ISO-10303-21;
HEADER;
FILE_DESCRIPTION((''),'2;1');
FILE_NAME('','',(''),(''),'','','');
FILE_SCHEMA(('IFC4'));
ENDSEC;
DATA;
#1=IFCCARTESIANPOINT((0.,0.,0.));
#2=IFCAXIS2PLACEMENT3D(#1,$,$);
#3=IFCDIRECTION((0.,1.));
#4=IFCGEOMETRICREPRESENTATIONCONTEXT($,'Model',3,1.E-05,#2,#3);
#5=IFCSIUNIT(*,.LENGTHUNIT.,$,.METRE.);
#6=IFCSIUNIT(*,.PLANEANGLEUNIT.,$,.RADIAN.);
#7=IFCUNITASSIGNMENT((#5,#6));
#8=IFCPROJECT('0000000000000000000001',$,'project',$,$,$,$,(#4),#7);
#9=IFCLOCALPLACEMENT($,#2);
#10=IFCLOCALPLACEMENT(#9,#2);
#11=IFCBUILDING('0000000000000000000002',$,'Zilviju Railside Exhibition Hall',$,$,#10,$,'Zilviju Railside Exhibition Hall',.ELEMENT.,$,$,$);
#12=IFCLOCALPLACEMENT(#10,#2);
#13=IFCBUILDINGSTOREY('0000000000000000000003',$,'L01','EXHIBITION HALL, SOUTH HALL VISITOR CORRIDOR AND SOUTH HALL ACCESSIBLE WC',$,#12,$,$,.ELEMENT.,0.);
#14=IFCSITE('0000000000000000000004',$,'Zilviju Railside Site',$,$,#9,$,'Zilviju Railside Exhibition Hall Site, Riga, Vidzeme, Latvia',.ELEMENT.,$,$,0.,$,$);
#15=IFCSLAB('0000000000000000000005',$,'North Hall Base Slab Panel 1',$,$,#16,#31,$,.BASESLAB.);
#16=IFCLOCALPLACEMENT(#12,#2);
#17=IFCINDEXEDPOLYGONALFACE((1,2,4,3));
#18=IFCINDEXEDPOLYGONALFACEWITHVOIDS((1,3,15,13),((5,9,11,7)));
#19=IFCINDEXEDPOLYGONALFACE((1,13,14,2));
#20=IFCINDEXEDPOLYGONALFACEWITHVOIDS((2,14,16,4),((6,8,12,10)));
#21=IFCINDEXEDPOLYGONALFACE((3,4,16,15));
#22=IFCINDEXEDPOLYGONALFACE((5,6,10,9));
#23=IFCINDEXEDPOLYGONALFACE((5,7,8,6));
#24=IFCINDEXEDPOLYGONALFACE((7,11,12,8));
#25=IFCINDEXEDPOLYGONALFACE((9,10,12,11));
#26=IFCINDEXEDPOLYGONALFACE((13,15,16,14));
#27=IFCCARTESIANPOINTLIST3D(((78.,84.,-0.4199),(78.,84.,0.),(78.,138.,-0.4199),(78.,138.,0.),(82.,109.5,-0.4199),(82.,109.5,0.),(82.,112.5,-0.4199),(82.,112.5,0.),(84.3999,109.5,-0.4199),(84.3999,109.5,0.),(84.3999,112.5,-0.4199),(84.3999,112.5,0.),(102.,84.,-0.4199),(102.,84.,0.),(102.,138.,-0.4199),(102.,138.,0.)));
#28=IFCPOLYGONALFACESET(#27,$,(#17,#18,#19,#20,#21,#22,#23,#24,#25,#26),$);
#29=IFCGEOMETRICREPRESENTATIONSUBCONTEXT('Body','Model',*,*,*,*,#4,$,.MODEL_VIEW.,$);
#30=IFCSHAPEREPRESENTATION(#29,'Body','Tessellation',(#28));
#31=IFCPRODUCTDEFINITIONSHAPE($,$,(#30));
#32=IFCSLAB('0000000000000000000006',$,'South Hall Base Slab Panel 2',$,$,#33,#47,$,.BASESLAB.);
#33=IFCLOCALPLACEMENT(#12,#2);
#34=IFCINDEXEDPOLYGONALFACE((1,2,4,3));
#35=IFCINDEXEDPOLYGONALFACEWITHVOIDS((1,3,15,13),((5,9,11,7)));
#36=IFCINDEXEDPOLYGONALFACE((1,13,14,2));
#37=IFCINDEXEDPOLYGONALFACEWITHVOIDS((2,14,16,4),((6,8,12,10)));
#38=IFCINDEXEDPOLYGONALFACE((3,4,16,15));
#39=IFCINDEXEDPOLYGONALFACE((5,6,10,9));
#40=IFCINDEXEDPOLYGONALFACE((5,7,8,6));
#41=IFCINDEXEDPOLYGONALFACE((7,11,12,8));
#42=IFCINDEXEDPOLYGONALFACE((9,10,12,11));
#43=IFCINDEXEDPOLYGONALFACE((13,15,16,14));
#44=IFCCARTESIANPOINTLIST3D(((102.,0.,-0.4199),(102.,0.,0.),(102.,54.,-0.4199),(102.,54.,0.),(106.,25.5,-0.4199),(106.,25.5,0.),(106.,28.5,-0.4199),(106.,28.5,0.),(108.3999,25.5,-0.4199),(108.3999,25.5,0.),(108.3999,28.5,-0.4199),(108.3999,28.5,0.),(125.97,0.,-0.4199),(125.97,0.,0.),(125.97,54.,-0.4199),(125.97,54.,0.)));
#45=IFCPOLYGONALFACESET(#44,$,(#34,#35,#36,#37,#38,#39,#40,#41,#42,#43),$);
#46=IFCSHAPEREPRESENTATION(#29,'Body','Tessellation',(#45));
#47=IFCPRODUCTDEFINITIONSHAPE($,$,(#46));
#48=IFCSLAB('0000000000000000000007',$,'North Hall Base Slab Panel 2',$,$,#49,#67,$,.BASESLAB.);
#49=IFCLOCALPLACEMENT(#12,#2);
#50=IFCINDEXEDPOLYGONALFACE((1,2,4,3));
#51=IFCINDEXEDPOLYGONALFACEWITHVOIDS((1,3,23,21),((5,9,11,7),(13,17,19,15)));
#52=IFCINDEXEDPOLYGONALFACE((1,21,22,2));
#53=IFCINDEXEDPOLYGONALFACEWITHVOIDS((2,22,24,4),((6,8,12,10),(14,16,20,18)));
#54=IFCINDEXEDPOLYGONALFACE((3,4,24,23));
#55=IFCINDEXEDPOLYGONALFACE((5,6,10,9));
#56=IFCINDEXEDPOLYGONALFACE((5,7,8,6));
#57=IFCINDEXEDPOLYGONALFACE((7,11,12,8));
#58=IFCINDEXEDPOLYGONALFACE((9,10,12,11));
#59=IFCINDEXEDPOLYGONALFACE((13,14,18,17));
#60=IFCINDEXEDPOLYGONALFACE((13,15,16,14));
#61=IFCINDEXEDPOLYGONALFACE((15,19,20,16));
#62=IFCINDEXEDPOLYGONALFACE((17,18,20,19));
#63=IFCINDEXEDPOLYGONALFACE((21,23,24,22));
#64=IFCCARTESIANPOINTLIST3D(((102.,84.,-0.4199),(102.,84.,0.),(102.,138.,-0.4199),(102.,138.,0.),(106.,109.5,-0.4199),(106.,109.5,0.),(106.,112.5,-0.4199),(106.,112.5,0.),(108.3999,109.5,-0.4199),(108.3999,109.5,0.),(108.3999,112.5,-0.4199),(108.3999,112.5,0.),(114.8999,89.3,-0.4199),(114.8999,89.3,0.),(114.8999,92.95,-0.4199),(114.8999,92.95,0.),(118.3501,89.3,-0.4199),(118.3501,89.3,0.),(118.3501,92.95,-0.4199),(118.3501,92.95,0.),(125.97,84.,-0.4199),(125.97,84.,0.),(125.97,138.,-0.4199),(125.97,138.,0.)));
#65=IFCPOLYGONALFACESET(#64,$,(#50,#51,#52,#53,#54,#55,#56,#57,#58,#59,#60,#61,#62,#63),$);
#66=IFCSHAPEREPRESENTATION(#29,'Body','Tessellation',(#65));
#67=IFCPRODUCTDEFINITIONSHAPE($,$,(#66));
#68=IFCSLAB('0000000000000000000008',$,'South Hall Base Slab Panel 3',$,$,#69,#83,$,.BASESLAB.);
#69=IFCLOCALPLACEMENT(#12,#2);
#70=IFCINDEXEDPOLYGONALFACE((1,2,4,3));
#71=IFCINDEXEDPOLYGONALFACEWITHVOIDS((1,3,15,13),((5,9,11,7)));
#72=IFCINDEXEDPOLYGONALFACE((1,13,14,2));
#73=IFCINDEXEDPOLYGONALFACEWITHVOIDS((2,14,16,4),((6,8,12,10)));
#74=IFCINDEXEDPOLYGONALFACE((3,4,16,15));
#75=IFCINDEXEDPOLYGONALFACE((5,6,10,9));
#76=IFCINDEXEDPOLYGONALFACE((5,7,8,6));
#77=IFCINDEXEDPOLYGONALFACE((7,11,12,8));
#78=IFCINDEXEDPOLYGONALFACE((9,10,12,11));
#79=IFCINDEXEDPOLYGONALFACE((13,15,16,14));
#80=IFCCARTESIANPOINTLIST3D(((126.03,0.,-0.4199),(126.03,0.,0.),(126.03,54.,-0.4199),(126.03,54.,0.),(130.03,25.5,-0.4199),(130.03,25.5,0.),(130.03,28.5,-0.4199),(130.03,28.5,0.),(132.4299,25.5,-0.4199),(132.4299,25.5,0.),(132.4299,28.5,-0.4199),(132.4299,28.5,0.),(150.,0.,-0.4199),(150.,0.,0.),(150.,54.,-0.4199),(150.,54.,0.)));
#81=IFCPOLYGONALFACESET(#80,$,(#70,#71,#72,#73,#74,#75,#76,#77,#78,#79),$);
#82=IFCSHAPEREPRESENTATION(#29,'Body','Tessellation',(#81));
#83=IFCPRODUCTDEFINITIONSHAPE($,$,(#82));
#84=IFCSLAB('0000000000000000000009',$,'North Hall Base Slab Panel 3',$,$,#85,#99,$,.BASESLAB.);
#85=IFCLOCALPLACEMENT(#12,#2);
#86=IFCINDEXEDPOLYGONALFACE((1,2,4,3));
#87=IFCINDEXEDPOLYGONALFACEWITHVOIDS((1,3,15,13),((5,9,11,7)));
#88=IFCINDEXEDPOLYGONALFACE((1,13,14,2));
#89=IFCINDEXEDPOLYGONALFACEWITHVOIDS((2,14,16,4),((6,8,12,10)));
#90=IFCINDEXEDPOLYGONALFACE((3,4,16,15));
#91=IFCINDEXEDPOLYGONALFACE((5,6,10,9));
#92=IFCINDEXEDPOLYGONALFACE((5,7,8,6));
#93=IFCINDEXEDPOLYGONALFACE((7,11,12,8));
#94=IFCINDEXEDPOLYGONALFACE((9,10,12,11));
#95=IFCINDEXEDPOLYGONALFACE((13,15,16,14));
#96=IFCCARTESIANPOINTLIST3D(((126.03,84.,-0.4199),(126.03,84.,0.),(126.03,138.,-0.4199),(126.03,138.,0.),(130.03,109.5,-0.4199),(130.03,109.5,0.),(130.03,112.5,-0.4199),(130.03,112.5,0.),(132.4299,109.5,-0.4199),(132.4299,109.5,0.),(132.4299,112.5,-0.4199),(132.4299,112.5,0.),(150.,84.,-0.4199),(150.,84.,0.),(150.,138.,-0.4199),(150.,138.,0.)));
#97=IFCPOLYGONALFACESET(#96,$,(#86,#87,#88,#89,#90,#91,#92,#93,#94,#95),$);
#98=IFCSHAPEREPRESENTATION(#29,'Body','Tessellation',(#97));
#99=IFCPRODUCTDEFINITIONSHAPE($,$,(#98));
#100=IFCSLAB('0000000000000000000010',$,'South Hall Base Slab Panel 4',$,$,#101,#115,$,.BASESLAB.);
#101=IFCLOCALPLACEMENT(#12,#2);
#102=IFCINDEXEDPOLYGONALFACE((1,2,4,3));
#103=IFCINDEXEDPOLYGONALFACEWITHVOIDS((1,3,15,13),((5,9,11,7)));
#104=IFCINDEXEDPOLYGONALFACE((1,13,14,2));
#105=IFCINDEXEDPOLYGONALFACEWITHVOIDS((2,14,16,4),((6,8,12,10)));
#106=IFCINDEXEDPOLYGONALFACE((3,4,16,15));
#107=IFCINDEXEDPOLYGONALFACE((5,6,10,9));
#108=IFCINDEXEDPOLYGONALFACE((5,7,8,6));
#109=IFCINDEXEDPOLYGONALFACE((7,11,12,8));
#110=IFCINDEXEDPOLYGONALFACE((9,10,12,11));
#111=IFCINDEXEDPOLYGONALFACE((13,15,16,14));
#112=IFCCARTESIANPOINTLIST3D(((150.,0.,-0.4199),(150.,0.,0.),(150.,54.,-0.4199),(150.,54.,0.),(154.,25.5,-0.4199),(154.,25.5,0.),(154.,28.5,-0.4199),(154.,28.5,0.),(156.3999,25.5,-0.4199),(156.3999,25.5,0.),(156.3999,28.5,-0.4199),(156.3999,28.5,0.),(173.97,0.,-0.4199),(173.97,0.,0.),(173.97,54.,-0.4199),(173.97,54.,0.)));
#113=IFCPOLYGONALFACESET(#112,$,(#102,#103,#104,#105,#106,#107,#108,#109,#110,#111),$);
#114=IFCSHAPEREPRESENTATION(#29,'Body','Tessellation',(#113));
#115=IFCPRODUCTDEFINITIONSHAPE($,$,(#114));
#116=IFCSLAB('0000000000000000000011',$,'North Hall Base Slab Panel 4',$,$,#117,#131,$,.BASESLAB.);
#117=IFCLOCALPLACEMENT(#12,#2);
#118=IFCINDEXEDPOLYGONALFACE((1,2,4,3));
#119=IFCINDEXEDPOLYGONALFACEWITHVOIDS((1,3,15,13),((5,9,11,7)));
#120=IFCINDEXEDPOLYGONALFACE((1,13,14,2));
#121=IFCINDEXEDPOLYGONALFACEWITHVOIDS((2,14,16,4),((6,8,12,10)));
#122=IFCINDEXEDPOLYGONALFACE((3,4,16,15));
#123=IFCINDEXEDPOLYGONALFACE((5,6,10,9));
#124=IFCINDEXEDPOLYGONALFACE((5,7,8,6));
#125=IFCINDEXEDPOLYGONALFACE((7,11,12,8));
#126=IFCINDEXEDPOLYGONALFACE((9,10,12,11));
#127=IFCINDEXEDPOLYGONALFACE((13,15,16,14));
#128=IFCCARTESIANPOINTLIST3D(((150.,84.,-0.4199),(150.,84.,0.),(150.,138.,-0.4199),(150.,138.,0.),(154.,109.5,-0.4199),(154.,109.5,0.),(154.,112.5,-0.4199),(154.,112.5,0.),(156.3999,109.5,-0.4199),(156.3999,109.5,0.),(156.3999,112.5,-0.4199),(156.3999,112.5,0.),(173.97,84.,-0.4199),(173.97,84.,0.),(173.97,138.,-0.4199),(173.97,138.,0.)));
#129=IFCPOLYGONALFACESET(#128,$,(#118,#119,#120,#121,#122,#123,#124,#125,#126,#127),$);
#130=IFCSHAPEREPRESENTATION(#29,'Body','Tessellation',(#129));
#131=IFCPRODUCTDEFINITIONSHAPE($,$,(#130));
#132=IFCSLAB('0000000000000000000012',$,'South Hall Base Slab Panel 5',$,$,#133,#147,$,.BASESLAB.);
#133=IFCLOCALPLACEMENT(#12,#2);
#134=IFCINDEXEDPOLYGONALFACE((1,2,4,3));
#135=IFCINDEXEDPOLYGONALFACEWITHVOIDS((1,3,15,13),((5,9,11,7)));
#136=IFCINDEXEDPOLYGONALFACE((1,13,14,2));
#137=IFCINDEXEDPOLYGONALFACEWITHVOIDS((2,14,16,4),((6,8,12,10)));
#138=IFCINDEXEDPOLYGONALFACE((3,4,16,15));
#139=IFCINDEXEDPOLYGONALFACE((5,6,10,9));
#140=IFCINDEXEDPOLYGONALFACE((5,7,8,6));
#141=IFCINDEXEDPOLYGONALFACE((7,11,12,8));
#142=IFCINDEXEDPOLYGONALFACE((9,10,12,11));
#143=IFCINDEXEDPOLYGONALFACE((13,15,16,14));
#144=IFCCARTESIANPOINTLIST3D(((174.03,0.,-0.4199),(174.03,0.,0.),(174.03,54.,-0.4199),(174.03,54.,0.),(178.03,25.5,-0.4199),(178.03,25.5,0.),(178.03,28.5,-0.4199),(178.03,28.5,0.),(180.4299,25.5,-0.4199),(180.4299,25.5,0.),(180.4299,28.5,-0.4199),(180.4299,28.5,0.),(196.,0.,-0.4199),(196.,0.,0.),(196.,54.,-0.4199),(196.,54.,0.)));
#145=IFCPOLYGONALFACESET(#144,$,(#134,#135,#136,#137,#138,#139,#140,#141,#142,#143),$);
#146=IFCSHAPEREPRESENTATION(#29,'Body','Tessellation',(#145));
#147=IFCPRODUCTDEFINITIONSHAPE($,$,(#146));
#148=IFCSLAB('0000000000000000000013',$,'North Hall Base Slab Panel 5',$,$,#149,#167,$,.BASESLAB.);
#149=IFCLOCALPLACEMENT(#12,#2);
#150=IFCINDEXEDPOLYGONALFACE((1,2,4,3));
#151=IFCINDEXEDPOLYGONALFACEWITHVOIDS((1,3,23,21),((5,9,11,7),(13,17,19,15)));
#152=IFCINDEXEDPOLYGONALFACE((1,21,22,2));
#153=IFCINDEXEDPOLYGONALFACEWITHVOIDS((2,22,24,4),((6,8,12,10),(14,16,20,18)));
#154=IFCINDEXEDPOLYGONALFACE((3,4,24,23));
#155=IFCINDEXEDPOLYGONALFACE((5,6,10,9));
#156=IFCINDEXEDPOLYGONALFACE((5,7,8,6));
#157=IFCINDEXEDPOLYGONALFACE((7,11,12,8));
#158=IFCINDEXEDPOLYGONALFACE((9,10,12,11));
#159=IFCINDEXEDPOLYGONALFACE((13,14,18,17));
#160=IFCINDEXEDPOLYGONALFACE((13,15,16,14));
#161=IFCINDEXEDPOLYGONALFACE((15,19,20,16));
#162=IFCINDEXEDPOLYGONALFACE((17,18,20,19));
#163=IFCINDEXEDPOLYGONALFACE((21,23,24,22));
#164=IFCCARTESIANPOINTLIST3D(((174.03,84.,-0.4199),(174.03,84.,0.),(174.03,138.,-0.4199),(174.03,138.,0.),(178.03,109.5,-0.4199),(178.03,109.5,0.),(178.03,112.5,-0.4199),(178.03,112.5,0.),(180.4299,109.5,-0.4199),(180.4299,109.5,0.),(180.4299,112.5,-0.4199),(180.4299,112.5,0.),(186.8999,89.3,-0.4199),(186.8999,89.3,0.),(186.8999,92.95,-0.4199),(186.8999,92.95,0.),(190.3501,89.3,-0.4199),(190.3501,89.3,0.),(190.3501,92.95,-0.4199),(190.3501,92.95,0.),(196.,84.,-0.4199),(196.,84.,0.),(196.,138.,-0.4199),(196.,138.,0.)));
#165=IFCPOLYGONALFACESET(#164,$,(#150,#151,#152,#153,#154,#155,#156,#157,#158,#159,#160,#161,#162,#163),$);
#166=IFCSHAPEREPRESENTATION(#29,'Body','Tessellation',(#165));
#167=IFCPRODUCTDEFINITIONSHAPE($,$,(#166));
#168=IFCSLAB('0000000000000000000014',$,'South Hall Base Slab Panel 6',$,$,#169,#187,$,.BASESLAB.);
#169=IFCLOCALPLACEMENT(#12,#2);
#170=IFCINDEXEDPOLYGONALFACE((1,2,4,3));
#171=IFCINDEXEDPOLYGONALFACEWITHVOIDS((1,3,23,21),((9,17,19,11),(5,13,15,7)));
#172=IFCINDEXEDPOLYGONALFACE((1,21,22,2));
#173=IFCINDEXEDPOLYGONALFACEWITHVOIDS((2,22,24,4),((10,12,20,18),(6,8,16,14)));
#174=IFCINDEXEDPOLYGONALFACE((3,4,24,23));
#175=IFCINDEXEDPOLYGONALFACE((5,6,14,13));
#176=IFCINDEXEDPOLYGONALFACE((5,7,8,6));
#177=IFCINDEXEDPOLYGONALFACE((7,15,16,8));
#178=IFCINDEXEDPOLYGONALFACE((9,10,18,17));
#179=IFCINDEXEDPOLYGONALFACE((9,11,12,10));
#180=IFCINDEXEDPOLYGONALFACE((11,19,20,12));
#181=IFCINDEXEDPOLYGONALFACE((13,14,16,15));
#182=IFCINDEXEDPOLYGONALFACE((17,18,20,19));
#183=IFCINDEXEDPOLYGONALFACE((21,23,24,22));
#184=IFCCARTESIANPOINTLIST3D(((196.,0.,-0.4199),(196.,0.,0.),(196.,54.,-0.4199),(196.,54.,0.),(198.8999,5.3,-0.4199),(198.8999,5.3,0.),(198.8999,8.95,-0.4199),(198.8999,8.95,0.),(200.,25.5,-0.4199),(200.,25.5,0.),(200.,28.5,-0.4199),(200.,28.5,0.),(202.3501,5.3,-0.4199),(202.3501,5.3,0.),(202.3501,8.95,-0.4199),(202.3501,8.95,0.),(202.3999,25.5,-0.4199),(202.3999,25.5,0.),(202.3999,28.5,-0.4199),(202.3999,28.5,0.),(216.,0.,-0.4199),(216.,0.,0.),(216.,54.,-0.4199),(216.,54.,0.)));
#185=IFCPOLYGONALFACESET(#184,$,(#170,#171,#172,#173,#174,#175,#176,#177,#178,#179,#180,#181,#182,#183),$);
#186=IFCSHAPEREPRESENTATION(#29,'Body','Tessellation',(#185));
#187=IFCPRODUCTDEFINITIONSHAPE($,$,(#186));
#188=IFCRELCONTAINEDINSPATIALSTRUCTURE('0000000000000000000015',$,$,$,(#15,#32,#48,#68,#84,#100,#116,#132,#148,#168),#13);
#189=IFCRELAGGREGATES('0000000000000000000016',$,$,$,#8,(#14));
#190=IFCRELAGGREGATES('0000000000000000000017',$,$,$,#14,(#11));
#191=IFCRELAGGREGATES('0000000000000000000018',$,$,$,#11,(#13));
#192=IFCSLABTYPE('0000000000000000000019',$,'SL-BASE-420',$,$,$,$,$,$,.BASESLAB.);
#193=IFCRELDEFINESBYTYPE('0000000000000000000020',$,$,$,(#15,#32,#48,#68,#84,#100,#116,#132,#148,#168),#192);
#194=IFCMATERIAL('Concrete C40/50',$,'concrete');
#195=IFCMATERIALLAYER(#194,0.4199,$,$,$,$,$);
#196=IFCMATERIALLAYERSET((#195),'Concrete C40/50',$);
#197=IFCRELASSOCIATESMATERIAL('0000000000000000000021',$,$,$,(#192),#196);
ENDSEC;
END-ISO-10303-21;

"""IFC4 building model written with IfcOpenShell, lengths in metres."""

from ifc_helpers import new_model, si_unit, direction, frame, origin, place, context, subcontext, project, spatial, polyline, outline, extrude, material, layer, layer_set, type_object, element, save


model = new_model("IFC4")

# Units and contexts
model_context = context("Model", 3, precision=1e-05, world=origin(), true_north=direction((0.0, 1.0)))
body_context = subcontext(model_context, "Body", "Model", "MODEL_VIEW")
ifc_project = project(units=[si_unit("LENGTHUNIT", "METRE"), si_unit("PLANEANGLEUNIT", "RADIAN")], contexts=[model_context])

# Site, building, storey
site_placement = place(None, origin())
site = spatial("IfcSite", under=ifc_project, at=site_placement, Name="Zilviju Railside Site", LongName="Zilviju Railside Exhibition Hall Site, Riga, Vidzeme, Latvia", CompositionType="ELEMENT", RefElevation=0.0)
building_placement = place(site_placement, origin())
building = spatial("IfcBuilding", under=site, at=building_placement, Name="Zilviju Railside Exhibition Hall", LongName="Zilviju Railside Exhibition Hall", CompositionType="ELEMENT")
storey_placement = place(building_placement, origin())
storey = spatial("IfcBuildingStorey", under=building, at=storey_placement, Name="L01", Description="EXHIBITION HALL, SOUTH HALL VISITOR CORRIDOR AND SOUTH HALL ACCESSIBLE WC", CompositionType="ELEMENT", Elevation=0.0)

# Slabs
ifc_material_1 = material(Name="Concrete C40/50", Category="concrete")
ifc_layer_1 = layer(ifc_material_1, 0.4199)
ifc_layer_set_1 = layer_set([ifc_layer_1], Name="Concrete C40/50")
slab_type_1 = type_object("IfcSlabType", Name="SL-BASE-420", PredefinedType="BASESLAB", material=ifc_layer_set_1)
slab_1_placement = place(storey_placement, frame((0.0, 0.0, -0.4199)))
element("IfcSlab", 1, at=slab_1_placement, inside=storey, type_object=slab_type_1, Name="North Hall Base Slab Panel 1", PredefinedType="BASESLAB", context=body_context, shape_type="SweptSolid", body=[
    extrude(outline(polyline([(78.0, 84.0), (102.0, 84.0), (102.0, 138.0), (78.0, 138.0), (78.0, 84.0)]), holes=[polyline([(82.0, 109.5), (84.3999, 109.5), (84.3999, 112.5), (82.0, 112.5), (82.0, 109.5)])]), origin(), (0.0, 0.0, 1.0), 0.4199),
])
slab_2_placement = place(storey_placement, frame((0.0, 0.0, -0.4199)))
element("IfcSlab", 2, at=slab_2_placement, inside=storey, type_object=slab_type_1, Name="South Hall Base Slab Panel 2", PredefinedType="BASESLAB", context=body_context, shape_type="SweptSolid", body=[
    extrude(outline(polyline([(102.0, 0.0), (125.97, 0.0), (125.97, 54.0), (102.0, 54.0), (102.0, 0.0)]), holes=[polyline([(106.0, 25.5), (108.3999, 25.5), (108.3999, 28.5), (106.0, 28.5), (106.0, 25.5)])]), origin(), (0.0, 0.0, 1.0), 0.4199),
])
slab_3_placement = place(storey_placement, frame((0.0, 0.0, -0.4199)))
element("IfcSlab", 3, at=slab_3_placement, inside=storey, type_object=slab_type_1, Name="North Hall Base Slab Panel 2", PredefinedType="BASESLAB", context=body_context, shape_type="SweptSolid", body=[
    extrude(outline(polyline([(102.0, 84.0), (125.97, 84.0), (125.97, 138.0), (102.0, 138.0), (102.0, 84.0)]), holes=[polyline([(106.0, 109.5), (108.3999, 109.5), (108.3999, 112.5), (106.0, 112.5), (106.0, 109.5)]), polyline([(114.8999, 89.3), (118.3501, 89.3), (118.3501, 92.95), (114.8999, 92.95), (114.8999, 89.3)])]), origin(), (0.0, 0.0, 1.0), 0.4199),
])
slab_4_placement = place(storey_placement, frame((0.0, 0.0, -0.4199)))
element("IfcSlab", 4, at=slab_4_placement, inside=storey, type_object=slab_type_1, Name="South Hall Base Slab Panel 3", PredefinedType="BASESLAB", context=body_context, shape_type="SweptSolid", body=[
    extrude(outline(polyline([(126.03, 0.0), (150.0, 0.0), (150.0, 54.0), (126.03, 54.0), (126.03, 0.0)]), holes=[polyline([(130.03, 25.5), (132.4299, 25.5), (132.4299, 28.5), (130.03, 28.5), (130.03, 25.5)])]), origin(), (0.0, 0.0, 1.0), 0.4199),
])
slab_5_placement = place(storey_placement, frame((0.0, 0.0, -0.4199)))
element("IfcSlab", 5, at=slab_5_placement, inside=storey, type_object=slab_type_1, Name="North Hall Base Slab Panel 3", PredefinedType="BASESLAB", context=body_context, shape_type="SweptSolid", body=[
    extrude(outline(polyline([(126.03, 84.0), (150.0, 84.0), (150.0, 138.0), (126.03, 138.0), (126.03, 84.0)]), holes=[polyline([(130.03, 109.5), (132.4299, 109.5), (132.4299, 112.5), (130.03, 112.5), (130.03, 109.5)])]), origin(), (0.0, 0.0, 1.0), 0.4199),
])
slab_6_placement = place(storey_placement, frame((0.0, 0.0, -0.4199)))
element("IfcSlab", 6, at=slab_6_placement, inside=storey, type_object=slab_type_1, Name="South Hall Base Slab Panel 4", PredefinedType="BASESLAB", context=body_context, shape_type="SweptSolid", body=[
    extrude(outline(polyline([(150.0, 0.0), (173.97, 0.0), (173.97, 54.0), (150.0, 54.0), (150.0, 0.0)]), holes=[polyline([(154.0, 25.5), (156.3999, 25.5), (156.3999, 28.5), (154.0, 28.5), (154.0, 25.5)])]), origin(), (0.0, 0.0, 1.0), 0.4199),
])
slab_7_placement = place(storey_placement, frame((0.0, 0.0, -0.4199)))
element("IfcSlab", 7, at=slab_7_placement, inside=storey, type_object=slab_type_1, Name="North Hall Base Slab Panel 4", PredefinedType="BASESLAB", context=body_context, shape_type="SweptSolid", body=[
    extrude(outline(polyline([(150.0, 84.0), (173.97, 84.0), (173.97, 138.0), (150.0, 138.0), (150.0, 84.0)]), holes=[polyline([(154.0, 109.5), (156.3999, 109.5), (156.3999, 112.5), (154.0, 112.5), (154.0, 109.5)])]), origin(), (0.0, 0.0, 1.0), 0.4199),
])
slab_8_placement = place(storey_placement, frame((0.0, 0.0, -0.4199)))
element("IfcSlab", 8, at=slab_8_placement, inside=storey, type_object=slab_type_1, Name="South Hall Base Slab Panel 5", PredefinedType="BASESLAB", context=body_context, shape_type="SweptSolid", body=[
    extrude(outline(polyline([(174.03, 0.0), (196.0, 0.0), (196.0, 54.0), (174.03, 54.0), (174.03, 0.0)]), holes=[polyline([(178.03, 25.5), (180.4299, 25.5), (180.4299, 28.5), (178.03, 28.5), (178.03, 25.5)])]), origin(), (0.0, 0.0, 1.0), 0.4199),
])
slab_9_placement = place(storey_placement, frame((0.0, 0.0, -0.4199)))
element("IfcSlab", 9, at=slab_9_placement, inside=storey, type_object=slab_type_1, Name="North Hall Base Slab Panel 5", PredefinedType="BASESLAB", context=body_context, shape_type="SweptSolid", body=[
    extrude(outline(polyline([(174.03, 84.0), (196.0, 84.0), (196.0, 138.0), (174.03, 138.0), (174.03, 84.0)]), holes=[polyline([(178.03, 109.5), (180.4299, 109.5), (180.4299, 112.5), (178.03, 112.5), (178.03, 109.5)]), polyline([(186.8999, 89.3), (190.3501, 89.3), (190.3501, 92.95), (186.8999, 92.95), (186.8999, 89.3)])]), origin(), (0.0, 0.0, 1.0), 0.4199),
])
slab_10_placement = place(storey_placement, frame((0.0, 0.0, -0.4199)))
element("IfcSlab", 10, at=slab_10_placement, inside=storey, type_object=slab_type_1, Name="South Hall Base Slab Panel 6", PredefinedType="BASESLAB", context=body_context, shape_type="SweptSolid", body=[
    extrude(outline(polyline([(196.0, 0.0), (216.0, 0.0), (216.0, 54.0), (196.0, 54.0), (196.0, 0.0)]), holes=[polyline([(200.0, 25.5), (202.3999, 25.5), (202.3999, 28.5), (200.0, 28.5), (200.0, 25.5)]), polyline([(198.8999, 5.3), (202.3501, 5.3), (202.3501, 8.95), (198.8999, 8.95), (198.8999, 5.3)])]), origin(), (0.0, 0.0, 1.0), 0.4199),
])

save(model, "model.ifc")
